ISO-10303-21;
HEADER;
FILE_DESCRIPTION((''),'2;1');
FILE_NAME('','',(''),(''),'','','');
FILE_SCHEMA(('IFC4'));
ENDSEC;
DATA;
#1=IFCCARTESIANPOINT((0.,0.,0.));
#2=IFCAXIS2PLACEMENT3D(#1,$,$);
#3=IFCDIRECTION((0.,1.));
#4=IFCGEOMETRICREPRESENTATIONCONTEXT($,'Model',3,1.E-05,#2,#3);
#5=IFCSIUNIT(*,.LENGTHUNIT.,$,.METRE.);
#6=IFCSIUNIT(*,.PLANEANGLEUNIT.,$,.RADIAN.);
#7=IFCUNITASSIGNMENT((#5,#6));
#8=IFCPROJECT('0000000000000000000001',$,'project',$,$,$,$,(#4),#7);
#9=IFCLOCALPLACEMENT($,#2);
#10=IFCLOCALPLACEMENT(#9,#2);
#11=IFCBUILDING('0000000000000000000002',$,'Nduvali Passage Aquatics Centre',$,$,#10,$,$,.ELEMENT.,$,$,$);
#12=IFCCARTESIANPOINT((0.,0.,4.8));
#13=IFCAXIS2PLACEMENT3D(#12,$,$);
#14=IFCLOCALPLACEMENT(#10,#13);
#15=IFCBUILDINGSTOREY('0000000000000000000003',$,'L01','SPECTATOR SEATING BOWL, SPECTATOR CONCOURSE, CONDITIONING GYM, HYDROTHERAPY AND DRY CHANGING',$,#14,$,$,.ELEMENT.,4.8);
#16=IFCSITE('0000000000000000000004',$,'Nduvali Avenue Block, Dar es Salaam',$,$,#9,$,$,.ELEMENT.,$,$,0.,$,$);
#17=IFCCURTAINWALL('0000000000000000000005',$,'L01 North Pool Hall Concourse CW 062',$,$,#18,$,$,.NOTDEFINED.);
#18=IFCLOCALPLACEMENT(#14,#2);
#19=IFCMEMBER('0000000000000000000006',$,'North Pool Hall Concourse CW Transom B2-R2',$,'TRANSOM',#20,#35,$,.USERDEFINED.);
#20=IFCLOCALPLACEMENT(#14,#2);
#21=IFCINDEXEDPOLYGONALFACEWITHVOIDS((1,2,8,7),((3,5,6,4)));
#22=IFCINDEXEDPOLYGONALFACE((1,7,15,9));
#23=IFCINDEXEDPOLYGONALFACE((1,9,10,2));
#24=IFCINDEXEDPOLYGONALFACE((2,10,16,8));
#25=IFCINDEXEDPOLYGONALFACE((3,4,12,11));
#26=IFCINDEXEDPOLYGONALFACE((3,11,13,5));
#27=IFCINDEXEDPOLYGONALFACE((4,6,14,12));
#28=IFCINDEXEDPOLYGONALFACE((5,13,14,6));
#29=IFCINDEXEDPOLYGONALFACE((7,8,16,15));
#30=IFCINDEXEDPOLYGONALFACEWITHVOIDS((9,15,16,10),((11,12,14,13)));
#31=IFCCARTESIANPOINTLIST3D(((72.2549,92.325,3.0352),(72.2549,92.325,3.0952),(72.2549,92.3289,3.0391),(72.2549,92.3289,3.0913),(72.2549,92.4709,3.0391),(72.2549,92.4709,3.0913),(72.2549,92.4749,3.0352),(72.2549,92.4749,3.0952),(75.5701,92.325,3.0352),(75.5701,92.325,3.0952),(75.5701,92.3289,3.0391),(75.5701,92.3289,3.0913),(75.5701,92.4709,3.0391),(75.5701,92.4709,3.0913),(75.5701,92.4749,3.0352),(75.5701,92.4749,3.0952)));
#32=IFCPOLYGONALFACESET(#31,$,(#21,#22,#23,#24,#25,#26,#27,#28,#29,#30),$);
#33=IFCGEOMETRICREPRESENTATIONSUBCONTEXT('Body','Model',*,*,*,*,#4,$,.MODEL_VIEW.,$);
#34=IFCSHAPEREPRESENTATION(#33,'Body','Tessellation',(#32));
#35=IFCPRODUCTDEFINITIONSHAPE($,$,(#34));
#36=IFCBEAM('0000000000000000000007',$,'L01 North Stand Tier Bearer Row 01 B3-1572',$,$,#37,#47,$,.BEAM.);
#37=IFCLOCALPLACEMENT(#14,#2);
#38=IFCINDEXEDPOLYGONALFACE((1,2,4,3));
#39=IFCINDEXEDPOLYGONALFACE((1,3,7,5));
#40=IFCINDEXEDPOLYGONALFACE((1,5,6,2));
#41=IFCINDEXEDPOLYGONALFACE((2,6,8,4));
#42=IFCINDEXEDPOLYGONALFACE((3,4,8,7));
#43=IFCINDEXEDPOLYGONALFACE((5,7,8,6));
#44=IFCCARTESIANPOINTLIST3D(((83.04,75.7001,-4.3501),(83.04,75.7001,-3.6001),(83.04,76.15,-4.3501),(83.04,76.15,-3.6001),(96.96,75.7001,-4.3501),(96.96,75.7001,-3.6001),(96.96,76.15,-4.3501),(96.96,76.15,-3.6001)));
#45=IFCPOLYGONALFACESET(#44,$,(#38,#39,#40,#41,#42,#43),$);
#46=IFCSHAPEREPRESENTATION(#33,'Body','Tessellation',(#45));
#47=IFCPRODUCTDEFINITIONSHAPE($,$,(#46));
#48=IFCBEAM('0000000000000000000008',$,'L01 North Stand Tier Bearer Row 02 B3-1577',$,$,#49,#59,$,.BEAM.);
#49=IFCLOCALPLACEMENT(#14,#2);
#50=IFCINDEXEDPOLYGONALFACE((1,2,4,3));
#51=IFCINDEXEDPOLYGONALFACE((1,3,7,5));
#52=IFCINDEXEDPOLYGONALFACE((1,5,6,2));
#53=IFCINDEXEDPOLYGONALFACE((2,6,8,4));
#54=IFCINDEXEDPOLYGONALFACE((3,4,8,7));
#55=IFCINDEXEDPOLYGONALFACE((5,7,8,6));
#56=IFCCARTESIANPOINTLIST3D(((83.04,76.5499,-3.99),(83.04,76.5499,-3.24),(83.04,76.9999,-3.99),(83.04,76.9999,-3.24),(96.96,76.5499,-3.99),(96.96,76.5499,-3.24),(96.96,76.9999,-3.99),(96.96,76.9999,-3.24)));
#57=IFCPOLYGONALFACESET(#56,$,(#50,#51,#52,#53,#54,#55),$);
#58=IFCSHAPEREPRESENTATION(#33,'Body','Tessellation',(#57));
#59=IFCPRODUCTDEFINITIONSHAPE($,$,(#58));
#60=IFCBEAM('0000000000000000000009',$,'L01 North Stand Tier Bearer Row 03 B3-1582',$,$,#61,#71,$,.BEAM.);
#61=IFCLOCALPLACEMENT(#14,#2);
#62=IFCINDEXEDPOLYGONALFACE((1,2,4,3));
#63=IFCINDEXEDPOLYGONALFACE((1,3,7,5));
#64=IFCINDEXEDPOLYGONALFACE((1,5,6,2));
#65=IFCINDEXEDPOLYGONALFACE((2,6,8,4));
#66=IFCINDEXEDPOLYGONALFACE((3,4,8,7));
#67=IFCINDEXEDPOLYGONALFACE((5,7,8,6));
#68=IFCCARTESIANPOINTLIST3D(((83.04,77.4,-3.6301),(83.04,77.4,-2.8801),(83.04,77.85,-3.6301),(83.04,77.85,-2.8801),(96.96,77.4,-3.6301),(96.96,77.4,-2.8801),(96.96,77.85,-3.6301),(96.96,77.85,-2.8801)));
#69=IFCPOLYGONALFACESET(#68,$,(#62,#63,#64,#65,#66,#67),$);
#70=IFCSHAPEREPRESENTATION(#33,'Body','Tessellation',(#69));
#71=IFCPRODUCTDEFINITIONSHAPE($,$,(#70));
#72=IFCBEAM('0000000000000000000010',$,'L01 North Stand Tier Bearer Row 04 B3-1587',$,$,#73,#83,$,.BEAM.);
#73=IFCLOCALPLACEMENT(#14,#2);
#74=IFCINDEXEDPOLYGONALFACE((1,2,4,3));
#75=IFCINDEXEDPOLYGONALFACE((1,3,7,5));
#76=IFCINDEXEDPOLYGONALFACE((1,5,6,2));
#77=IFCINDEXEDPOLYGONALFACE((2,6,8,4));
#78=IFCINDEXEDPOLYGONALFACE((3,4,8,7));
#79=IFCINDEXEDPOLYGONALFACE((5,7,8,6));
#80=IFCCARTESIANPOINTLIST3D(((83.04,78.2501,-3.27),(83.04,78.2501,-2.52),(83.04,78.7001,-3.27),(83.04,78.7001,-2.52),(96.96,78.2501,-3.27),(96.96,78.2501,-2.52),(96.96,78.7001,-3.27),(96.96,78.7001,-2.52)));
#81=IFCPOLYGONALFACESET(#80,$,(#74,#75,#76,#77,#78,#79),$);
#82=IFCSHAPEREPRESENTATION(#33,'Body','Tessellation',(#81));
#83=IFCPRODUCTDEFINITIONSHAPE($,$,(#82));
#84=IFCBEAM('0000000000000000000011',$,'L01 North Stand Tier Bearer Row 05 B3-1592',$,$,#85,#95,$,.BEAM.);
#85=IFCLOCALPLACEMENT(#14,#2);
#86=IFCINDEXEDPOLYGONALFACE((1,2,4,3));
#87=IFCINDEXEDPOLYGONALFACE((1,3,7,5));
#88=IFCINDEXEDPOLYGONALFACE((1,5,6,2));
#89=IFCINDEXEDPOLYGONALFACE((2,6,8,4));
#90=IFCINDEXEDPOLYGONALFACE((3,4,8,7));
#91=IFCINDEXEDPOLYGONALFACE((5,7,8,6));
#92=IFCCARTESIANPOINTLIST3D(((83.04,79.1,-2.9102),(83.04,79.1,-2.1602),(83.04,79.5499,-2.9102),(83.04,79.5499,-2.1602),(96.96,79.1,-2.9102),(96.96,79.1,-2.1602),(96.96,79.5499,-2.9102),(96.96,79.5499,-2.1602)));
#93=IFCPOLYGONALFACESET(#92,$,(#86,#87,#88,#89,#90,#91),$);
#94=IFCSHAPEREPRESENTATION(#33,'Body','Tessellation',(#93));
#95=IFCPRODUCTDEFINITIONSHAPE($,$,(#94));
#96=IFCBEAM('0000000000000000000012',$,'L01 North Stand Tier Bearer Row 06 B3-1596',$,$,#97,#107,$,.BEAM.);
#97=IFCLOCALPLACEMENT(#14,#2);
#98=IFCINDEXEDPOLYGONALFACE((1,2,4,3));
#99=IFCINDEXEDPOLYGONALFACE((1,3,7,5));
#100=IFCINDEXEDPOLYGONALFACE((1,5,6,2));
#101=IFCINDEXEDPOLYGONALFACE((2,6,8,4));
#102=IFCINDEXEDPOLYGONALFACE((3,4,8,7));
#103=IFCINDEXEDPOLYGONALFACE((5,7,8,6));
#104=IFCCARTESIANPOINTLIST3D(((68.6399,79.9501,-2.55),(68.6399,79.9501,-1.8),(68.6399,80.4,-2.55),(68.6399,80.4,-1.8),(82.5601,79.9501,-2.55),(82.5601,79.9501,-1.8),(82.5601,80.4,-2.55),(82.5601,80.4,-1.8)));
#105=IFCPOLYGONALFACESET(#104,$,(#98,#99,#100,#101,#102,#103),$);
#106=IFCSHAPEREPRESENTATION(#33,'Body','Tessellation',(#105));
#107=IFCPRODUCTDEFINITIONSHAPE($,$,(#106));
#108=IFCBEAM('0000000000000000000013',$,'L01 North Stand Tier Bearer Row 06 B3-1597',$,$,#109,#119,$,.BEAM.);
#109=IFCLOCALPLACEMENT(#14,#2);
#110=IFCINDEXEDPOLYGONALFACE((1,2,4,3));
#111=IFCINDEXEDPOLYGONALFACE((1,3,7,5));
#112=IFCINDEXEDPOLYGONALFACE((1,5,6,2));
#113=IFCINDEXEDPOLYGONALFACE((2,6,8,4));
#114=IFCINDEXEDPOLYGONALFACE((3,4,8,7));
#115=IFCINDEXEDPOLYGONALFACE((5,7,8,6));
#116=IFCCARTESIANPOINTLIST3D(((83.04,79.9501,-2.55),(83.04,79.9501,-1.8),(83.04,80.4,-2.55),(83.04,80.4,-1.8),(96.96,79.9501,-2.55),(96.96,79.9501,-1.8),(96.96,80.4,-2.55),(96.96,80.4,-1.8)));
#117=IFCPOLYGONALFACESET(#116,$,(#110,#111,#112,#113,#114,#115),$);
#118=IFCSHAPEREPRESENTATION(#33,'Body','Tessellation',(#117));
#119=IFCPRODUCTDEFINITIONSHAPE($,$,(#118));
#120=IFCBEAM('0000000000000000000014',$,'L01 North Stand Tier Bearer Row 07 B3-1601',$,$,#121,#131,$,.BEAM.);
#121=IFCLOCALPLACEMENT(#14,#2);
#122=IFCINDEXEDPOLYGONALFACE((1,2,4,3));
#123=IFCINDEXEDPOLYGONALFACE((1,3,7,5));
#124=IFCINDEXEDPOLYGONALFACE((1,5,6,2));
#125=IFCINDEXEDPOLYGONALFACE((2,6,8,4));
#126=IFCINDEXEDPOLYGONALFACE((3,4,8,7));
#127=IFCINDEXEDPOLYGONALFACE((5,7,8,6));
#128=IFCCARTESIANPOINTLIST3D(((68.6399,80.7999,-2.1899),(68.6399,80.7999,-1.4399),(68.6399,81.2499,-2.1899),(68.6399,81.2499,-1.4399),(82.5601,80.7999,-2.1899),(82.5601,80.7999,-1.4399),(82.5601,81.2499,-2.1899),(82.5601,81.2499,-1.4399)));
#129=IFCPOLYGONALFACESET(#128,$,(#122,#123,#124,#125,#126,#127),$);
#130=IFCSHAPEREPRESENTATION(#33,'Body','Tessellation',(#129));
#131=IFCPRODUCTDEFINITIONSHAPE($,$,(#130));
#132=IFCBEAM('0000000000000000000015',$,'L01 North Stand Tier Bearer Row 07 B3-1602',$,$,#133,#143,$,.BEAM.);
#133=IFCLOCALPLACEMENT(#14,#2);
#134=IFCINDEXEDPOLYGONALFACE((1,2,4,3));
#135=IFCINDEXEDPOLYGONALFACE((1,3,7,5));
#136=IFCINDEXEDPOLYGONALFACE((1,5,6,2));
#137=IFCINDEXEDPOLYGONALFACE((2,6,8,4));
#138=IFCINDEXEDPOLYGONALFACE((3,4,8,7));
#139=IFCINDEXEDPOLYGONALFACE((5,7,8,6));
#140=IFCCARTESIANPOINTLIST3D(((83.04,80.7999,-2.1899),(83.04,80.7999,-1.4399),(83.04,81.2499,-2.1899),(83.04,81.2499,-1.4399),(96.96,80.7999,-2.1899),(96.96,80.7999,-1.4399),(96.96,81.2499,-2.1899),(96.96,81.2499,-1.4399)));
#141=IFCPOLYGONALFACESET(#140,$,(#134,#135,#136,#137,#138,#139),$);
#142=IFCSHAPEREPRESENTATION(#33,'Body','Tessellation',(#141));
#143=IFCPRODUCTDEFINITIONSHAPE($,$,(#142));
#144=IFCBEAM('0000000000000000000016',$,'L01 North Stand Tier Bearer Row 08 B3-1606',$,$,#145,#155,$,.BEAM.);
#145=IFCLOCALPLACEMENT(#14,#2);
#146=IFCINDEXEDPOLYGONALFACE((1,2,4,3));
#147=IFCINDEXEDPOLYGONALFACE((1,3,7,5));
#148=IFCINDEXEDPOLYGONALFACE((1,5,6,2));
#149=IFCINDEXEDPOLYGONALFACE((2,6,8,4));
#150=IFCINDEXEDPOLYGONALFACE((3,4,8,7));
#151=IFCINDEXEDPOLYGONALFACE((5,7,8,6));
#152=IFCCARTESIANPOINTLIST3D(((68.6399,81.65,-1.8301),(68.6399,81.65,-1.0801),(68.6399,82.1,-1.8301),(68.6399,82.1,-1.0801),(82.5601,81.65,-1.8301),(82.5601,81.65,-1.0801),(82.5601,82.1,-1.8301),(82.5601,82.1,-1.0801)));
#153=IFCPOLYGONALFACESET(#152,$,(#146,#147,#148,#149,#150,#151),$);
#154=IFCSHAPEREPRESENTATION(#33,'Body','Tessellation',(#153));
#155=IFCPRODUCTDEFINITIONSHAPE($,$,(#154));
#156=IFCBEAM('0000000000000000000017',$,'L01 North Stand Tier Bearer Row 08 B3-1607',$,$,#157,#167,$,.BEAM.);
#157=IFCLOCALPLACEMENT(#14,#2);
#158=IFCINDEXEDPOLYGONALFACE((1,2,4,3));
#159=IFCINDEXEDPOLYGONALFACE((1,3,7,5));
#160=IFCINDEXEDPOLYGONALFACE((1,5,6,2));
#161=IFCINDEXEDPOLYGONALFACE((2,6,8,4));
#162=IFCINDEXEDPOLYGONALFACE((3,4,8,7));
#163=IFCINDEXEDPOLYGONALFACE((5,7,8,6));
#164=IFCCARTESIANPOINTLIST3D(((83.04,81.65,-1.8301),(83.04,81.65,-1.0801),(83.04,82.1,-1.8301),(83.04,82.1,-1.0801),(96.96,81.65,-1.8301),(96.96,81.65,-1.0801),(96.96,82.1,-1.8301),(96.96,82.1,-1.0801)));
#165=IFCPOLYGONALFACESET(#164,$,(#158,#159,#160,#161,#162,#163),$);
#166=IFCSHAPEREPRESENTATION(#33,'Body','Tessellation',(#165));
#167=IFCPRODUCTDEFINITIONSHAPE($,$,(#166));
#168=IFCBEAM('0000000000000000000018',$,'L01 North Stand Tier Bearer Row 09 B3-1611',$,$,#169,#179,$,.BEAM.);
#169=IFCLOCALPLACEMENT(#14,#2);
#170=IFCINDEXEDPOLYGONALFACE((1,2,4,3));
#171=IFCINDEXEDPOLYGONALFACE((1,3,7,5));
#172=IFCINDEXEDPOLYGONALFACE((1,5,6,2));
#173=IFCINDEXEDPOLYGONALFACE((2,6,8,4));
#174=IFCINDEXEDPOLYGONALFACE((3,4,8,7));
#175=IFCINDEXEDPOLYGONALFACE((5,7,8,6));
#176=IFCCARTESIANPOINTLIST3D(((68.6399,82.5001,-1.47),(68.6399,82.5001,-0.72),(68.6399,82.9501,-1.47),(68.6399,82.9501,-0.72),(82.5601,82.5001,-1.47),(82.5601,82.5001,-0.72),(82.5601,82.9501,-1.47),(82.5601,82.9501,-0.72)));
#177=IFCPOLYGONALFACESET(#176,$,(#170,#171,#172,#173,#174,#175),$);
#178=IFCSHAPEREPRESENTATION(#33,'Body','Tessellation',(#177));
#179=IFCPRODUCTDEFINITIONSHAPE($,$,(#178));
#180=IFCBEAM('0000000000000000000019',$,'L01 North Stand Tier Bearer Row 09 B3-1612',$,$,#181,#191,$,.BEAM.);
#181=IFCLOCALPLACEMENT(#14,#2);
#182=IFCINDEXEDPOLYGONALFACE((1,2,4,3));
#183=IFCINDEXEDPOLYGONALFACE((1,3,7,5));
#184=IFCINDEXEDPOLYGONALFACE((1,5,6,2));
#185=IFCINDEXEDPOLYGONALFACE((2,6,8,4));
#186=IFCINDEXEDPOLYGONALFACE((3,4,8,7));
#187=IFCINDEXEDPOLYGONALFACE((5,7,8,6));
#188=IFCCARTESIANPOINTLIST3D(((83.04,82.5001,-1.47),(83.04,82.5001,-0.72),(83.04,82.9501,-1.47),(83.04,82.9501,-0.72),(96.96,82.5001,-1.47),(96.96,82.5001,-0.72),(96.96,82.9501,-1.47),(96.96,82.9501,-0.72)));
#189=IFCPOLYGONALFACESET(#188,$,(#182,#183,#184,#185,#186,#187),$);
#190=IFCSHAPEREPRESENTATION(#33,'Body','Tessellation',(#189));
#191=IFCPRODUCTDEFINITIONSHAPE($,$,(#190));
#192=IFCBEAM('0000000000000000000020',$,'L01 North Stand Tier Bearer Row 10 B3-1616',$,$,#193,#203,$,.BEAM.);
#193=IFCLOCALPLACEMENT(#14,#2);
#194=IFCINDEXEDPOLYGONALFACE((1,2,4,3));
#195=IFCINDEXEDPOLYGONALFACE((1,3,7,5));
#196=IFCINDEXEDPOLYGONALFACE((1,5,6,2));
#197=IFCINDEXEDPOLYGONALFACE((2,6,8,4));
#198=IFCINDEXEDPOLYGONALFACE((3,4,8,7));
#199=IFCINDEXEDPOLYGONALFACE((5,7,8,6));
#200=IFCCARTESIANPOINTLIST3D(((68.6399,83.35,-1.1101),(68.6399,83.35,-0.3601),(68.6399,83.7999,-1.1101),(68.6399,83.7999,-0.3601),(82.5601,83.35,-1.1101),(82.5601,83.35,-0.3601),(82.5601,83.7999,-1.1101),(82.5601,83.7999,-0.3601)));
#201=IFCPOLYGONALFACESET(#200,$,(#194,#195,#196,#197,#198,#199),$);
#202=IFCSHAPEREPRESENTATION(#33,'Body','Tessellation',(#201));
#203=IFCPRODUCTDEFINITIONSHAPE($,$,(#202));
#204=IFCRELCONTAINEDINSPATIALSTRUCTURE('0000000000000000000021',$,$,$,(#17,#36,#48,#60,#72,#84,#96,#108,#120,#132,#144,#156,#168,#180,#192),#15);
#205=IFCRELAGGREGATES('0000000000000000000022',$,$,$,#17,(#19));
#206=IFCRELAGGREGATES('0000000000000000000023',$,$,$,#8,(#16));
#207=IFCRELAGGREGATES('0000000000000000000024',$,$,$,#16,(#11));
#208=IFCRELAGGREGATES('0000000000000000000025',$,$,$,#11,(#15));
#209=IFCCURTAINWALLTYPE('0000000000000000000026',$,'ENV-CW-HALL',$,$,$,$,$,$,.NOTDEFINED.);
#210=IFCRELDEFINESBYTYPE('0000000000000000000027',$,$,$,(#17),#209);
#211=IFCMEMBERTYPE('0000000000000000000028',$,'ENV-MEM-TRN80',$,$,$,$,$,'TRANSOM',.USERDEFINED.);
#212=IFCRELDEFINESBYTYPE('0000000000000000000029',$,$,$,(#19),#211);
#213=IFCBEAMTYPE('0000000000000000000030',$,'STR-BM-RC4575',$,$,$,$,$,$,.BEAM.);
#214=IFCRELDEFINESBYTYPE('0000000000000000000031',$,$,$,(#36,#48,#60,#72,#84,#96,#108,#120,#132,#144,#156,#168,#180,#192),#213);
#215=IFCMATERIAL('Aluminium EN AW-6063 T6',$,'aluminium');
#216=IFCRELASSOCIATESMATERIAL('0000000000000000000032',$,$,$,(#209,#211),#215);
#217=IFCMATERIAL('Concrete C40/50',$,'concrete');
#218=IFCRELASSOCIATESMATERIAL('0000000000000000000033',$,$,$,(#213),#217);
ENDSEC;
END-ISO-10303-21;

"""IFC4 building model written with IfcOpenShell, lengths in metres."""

from ifc_helpers import new_model, si_unit, direction, frame, origin, origin_2d, place, context, subcontext, project, spatial, rectangle, hollow_rectangle, extrude, material, material_profile, profile_set, type_object, element, aggregate, save


model = new_model("IFC4")

# Units and contexts
model_context = context("Model", 3, precision=1e-05, world=origin(), true_north=direction((0.0, 1.0)))
body_context = subcontext(model_context, "Body", "Model", "MODEL_VIEW")
ifc_project = project(units=[si_unit("LENGTHUNIT", "METRE"), si_unit("PLANEANGLEUNIT", "RADIAN")], contexts=[model_context])

# Site, building, storey
site_placement = place(None, origin())
site = spatial("IfcSite", under=ifc_project, at=site_placement, Name="Nduvali Avenue Block, Dar es Salaam", CompositionType="ELEMENT", RefElevation=0.0)
building_placement = place(site_placement, origin())
building = spatial("IfcBuilding", under=site, at=building_placement, Name="Nduvali Passage Aquatics Centre", CompositionType="ELEMENT")
storey_placement = place(building_placement, frame((0.0, 0.0, 4.8)))
storey = spatial("IfcBuildingStorey", under=building, at=storey_placement, Name="L01", Description="SPECTATOR SEATING BOWL, SPECTATOR CONCOURSE, CONDITIONING GYM, HYDROTHERAPY AND DRY CHANGING", CompositionType="ELEMENT", Elevation=4.8)

# Curtain wall, member
ifc_material_1 = material(Name="Aluminium EN AW-6063 T6", Category="aluminium")
curtain_wall_type = type_object("IfcCurtainWallType", Name="ENV-CW-HALL", PredefinedType="NOTDEFINED", material=ifc_material_1)
curtain_wall_placement = place(storey_placement, origin())
curtain_wall = element("IfcCurtainWall", 1, at=curtain_wall_placement, inside=storey, type_object=curtain_wall_type, Name="L01 North Pool Hall Concourse CW 062", PredefinedType="NOTDEFINED")
ifc_material_profile_1 = material_profile(ifc_material_1, hollow_rectangle(XDim=0.1499, YDim=0.0601, WallThickness=0.0039, at=origin_2d()), Name="ALU TRANSOM 150x60x4")
ifc_profile_set_1 = profile_set([ifc_material_profile_1], Name="Aluminium EN AW-6063 T6")
member_type_1 = type_object("IfcMemberType", Name="ENV-MEM-TRN80", ElementType="TRANSOM", PredefinedType="USERDEFINED", material=ifc_profile_set_1)
member_1_placement = place(storey_placement, frame((72.2549, 92.3999, 3.0652), z_axis=(1.0, 0.0, 0.0), x_axis=(0.0, 1.0, 0.0)))
member_1 = element("IfcMember", 2, at=member_1_placement, type_object=member_type_1, Name="North Pool Hall Concourse CW Transom B2-R2", ObjectType="TRANSOM", PredefinedType="USERDEFINED", context=body_context, shape_type="SweptSolid", body=[
    extrude(hollow_rectangle(XDim=0.1499, YDim=0.0601, WallThickness=0.0039, at=origin_2d()), origin(), (0.0, 0.0, 1.0), 3.3152),
])

# Beams
ifc_material_2 = material(Name="Concrete C40/50", Category="concrete")
ifc_material_profile_2 = material_profile(ifc_material_2, rectangle(XDim=0.45, YDim=0.75, at=origin_2d()), Name="RC 450x750")
ifc_profile_set_2 = profile_set([ifc_material_profile_2], Name="Concrete C40/50")
beam_type_1 = type_object("IfcBeamType", Name="STR-BM-RC4575", PredefinedType="BEAM", material=ifc_profile_set_2)
for number, where, z_axis, x_axis, name in (
    (3, (83.04, 75.925, -3.9751), (1.0, 0.0, 0.0), (0.0, 1.0, 0.0), "L01 North Stand Tier Bearer Row 01 B3-1572"),
    (4, (83.04, 76.7749, -3.615), (1.0, 0.0, 0.0), (0.0, 1.0, 0.0), "L01 North Stand Tier Bearer Row 02 B3-1577"),
    (5, (83.04, 77.625, -3.2551), (1.0, 0.0, 0.0), (0.0, 1.0, 0.0), "L01 North Stand Tier Bearer Row 03 B3-1582"),
    (6, (83.04, 78.4751, -2.895), (1.0, 0.0, 0.0), (0.0, 1.0, 0.0), "L01 North Stand Tier Bearer Row 04 B3-1587"),
    (7, (83.04, 79.325, -2.5352), (1.0, 0.0, 0.0), (0.0, 1.0, 0.0), "L01 North Stand Tier Bearer Row 05 B3-1592"),
):
    element("IfcBeam", number, at=place(storey_placement, frame(where, z_axis=z_axis, x_axis=x_axis)), inside=storey, type_object=beam_type_1, Name=name, PredefinedType="BEAM", context=body_context, shape_type="SweptSolid", body=[
        extrude(rectangle(XDim=0.45, YDim=0.75, at=origin_2d()), origin(), (0.0, 0.0, 1.0), 13.9199),
    ])
beam_1_placement = place(storey_placement, frame((68.6399, 80.175, -2.175), z_axis=(1.0, 0.0, 0.0), x_axis=(0.0, 1.0, 0.0)))
element("IfcBeam", 8, at=beam_1_placement, inside=storey, type_object=beam_type_1, Name="L01 North Stand Tier Bearer Row 06 B3-1596", PredefinedType="BEAM", context=body_context, shape_type="SweptSolid", body=[
    extrude(rectangle(XDim=0.45, YDim=0.75, at=origin_2d()), origin(), (0.0, 0.0, 1.0), 13.9202),
])
beam_2_placement = place(storey_placement, frame((83.04, 80.175, -2.175), z_axis=(1.0, 0.0, 0.0), x_axis=(0.0, 1.0, 0.0)))
element("IfcBeam", 9, at=beam_2_placement, inside=storey, type_object=beam_type_1, Name="L01 North Stand Tier Bearer Row 06 B3-1597", PredefinedType="BEAM", context=body_context, shape_type="SweptSolid", body=[
    extrude(rectangle(XDim=0.45, YDim=0.75, at=origin_2d()), origin(), (0.0, 0.0, 1.0), 13.9199),
])
beam_3_placement = place(storey_placement, frame((68.6399, 81.0249, -1.8149), z_axis=(1.0, 0.0, 0.0), x_axis=(0.0, 1.0, 0.0)))
element("IfcBeam", 10, at=beam_3_placement, inside=storey, type_object=beam_type_1, Name="L01 North Stand Tier Bearer Row 07 B3-1601", PredefinedType="BEAM", context=body_context, shape_type="SweptSolid", body=[
    extrude(rectangle(XDim=0.45, YDim=0.75, at=origin_2d()), origin(), (0.0, 0.0, 1.0), 13.9202),
])
beam_4_placement = place(storey_placement, frame((83.04, 81.0249, -1.8149), z_axis=(1.0, 0.0, 0.0), x_axis=(0.0, 1.0, 0.0)))
element("IfcBeam", 11, at=beam_4_placement, inside=storey, type_object=beam_type_1, Name="L01 North Stand Tier Bearer Row 07 B3-1602", PredefinedType="BEAM", context=body_context, shape_type="SweptSolid", body=[
    extrude(rectangle(XDim=0.45, YDim=0.75, at=origin_2d()), origin(), (0.0, 0.0, 1.0), 13.9199),
])
beam_5_placement = place(storey_placement, frame((68.6399, 81.875, -1.4551), z_axis=(1.0, 0.0, 0.0), x_axis=(0.0, 1.0, 0.0)))
element("IfcBeam", 12, at=beam_5_placement, inside=storey, type_object=beam_type_1, Name="L01 North Stand Tier Bearer Row 08 B3-1606", PredefinedType="BEAM", context=body_context, shape_type="SweptSolid", body=[
    extrude(rectangle(XDim=0.45, YDim=0.75, at=origin_2d()), origin(), (0.0, 0.0, 1.0), 13.9202),
])
beam_6_placement = place(storey_placement, frame((83.04, 81.875, -1.4551), z_axis=(1.0, 0.0, 0.0), x_axis=(0.0, 1.0, 0.0)))
element("IfcBeam", 13, at=beam_6_placement, inside=storey, type_object=beam_type_1, Name="L01 North Stand Tier Bearer Row 08 B3-1607", PredefinedType="BEAM", context=body_context, shape_type="SweptSolid", body=[
    extrude(rectangle(XDim=0.45, YDim=0.75, at=origin_2d()), origin(), (0.0, 0.0, 1.0), 13.9199),
])
beam_7_placement = place(storey_placement, frame((68.6399, 82.7251, -1.095), z_axis=(1.0, 0.0, 0.0), x_axis=(0.0, 1.0, 0.0)))
element("IfcBeam", 14, at=beam_7_placement, inside=storey, type_object=beam_type_1, Name="L01 North Stand Tier Bearer Row 09 B3-1611", PredefinedType="BEAM", context=body_context, shape_type="SweptSolid", body=[
    extrude(rectangle(XDim=0.45, YDim=0.75, at=origin_2d()), origin(), (0.0, 0.0, 1.0), 13.9202),
])
beam_8_placement = place(storey_placement, frame((83.04, 82.7251, -1.095), z_axis=(1.0, 0.0, 0.0), x_axis=(0.0, 1.0, 0.0)))
element("IfcBeam", 15, at=beam_8_placement, inside=storey, type_object=beam_type_1, Name="L01 North Stand Tier Bearer Row 09 B3-1612", PredefinedType="BEAM", context=body_context, shape_type="SweptSolid", body=[
    extrude(rectangle(XDim=0.45, YDim=0.75, at=origin_2d()), origin(), (0.0, 0.0, 1.0), 13.9199),
])
beam_9_placement = place(storey_placement, frame((68.6399, 83.575, -0.7351), z_axis=(1.0, 0.0, 0.0), x_axis=(0.0, 1.0, 0.0)))
element("IfcBeam", 16, at=beam_9_placement, inside=storey, type_object=beam_type_1, Name="L01 North Stand Tier Bearer Row 10 B3-1616", PredefinedType="BEAM", context=body_context, shape_type="SweptSolid", body=[
    extrude(rectangle(XDim=0.45, YDim=0.75, at=origin_2d()), origin(), (0.0, 0.0, 1.0), 13.9202),
])

aggregate(curtain_wall, [member_1])

save(model, "model.ifc")
